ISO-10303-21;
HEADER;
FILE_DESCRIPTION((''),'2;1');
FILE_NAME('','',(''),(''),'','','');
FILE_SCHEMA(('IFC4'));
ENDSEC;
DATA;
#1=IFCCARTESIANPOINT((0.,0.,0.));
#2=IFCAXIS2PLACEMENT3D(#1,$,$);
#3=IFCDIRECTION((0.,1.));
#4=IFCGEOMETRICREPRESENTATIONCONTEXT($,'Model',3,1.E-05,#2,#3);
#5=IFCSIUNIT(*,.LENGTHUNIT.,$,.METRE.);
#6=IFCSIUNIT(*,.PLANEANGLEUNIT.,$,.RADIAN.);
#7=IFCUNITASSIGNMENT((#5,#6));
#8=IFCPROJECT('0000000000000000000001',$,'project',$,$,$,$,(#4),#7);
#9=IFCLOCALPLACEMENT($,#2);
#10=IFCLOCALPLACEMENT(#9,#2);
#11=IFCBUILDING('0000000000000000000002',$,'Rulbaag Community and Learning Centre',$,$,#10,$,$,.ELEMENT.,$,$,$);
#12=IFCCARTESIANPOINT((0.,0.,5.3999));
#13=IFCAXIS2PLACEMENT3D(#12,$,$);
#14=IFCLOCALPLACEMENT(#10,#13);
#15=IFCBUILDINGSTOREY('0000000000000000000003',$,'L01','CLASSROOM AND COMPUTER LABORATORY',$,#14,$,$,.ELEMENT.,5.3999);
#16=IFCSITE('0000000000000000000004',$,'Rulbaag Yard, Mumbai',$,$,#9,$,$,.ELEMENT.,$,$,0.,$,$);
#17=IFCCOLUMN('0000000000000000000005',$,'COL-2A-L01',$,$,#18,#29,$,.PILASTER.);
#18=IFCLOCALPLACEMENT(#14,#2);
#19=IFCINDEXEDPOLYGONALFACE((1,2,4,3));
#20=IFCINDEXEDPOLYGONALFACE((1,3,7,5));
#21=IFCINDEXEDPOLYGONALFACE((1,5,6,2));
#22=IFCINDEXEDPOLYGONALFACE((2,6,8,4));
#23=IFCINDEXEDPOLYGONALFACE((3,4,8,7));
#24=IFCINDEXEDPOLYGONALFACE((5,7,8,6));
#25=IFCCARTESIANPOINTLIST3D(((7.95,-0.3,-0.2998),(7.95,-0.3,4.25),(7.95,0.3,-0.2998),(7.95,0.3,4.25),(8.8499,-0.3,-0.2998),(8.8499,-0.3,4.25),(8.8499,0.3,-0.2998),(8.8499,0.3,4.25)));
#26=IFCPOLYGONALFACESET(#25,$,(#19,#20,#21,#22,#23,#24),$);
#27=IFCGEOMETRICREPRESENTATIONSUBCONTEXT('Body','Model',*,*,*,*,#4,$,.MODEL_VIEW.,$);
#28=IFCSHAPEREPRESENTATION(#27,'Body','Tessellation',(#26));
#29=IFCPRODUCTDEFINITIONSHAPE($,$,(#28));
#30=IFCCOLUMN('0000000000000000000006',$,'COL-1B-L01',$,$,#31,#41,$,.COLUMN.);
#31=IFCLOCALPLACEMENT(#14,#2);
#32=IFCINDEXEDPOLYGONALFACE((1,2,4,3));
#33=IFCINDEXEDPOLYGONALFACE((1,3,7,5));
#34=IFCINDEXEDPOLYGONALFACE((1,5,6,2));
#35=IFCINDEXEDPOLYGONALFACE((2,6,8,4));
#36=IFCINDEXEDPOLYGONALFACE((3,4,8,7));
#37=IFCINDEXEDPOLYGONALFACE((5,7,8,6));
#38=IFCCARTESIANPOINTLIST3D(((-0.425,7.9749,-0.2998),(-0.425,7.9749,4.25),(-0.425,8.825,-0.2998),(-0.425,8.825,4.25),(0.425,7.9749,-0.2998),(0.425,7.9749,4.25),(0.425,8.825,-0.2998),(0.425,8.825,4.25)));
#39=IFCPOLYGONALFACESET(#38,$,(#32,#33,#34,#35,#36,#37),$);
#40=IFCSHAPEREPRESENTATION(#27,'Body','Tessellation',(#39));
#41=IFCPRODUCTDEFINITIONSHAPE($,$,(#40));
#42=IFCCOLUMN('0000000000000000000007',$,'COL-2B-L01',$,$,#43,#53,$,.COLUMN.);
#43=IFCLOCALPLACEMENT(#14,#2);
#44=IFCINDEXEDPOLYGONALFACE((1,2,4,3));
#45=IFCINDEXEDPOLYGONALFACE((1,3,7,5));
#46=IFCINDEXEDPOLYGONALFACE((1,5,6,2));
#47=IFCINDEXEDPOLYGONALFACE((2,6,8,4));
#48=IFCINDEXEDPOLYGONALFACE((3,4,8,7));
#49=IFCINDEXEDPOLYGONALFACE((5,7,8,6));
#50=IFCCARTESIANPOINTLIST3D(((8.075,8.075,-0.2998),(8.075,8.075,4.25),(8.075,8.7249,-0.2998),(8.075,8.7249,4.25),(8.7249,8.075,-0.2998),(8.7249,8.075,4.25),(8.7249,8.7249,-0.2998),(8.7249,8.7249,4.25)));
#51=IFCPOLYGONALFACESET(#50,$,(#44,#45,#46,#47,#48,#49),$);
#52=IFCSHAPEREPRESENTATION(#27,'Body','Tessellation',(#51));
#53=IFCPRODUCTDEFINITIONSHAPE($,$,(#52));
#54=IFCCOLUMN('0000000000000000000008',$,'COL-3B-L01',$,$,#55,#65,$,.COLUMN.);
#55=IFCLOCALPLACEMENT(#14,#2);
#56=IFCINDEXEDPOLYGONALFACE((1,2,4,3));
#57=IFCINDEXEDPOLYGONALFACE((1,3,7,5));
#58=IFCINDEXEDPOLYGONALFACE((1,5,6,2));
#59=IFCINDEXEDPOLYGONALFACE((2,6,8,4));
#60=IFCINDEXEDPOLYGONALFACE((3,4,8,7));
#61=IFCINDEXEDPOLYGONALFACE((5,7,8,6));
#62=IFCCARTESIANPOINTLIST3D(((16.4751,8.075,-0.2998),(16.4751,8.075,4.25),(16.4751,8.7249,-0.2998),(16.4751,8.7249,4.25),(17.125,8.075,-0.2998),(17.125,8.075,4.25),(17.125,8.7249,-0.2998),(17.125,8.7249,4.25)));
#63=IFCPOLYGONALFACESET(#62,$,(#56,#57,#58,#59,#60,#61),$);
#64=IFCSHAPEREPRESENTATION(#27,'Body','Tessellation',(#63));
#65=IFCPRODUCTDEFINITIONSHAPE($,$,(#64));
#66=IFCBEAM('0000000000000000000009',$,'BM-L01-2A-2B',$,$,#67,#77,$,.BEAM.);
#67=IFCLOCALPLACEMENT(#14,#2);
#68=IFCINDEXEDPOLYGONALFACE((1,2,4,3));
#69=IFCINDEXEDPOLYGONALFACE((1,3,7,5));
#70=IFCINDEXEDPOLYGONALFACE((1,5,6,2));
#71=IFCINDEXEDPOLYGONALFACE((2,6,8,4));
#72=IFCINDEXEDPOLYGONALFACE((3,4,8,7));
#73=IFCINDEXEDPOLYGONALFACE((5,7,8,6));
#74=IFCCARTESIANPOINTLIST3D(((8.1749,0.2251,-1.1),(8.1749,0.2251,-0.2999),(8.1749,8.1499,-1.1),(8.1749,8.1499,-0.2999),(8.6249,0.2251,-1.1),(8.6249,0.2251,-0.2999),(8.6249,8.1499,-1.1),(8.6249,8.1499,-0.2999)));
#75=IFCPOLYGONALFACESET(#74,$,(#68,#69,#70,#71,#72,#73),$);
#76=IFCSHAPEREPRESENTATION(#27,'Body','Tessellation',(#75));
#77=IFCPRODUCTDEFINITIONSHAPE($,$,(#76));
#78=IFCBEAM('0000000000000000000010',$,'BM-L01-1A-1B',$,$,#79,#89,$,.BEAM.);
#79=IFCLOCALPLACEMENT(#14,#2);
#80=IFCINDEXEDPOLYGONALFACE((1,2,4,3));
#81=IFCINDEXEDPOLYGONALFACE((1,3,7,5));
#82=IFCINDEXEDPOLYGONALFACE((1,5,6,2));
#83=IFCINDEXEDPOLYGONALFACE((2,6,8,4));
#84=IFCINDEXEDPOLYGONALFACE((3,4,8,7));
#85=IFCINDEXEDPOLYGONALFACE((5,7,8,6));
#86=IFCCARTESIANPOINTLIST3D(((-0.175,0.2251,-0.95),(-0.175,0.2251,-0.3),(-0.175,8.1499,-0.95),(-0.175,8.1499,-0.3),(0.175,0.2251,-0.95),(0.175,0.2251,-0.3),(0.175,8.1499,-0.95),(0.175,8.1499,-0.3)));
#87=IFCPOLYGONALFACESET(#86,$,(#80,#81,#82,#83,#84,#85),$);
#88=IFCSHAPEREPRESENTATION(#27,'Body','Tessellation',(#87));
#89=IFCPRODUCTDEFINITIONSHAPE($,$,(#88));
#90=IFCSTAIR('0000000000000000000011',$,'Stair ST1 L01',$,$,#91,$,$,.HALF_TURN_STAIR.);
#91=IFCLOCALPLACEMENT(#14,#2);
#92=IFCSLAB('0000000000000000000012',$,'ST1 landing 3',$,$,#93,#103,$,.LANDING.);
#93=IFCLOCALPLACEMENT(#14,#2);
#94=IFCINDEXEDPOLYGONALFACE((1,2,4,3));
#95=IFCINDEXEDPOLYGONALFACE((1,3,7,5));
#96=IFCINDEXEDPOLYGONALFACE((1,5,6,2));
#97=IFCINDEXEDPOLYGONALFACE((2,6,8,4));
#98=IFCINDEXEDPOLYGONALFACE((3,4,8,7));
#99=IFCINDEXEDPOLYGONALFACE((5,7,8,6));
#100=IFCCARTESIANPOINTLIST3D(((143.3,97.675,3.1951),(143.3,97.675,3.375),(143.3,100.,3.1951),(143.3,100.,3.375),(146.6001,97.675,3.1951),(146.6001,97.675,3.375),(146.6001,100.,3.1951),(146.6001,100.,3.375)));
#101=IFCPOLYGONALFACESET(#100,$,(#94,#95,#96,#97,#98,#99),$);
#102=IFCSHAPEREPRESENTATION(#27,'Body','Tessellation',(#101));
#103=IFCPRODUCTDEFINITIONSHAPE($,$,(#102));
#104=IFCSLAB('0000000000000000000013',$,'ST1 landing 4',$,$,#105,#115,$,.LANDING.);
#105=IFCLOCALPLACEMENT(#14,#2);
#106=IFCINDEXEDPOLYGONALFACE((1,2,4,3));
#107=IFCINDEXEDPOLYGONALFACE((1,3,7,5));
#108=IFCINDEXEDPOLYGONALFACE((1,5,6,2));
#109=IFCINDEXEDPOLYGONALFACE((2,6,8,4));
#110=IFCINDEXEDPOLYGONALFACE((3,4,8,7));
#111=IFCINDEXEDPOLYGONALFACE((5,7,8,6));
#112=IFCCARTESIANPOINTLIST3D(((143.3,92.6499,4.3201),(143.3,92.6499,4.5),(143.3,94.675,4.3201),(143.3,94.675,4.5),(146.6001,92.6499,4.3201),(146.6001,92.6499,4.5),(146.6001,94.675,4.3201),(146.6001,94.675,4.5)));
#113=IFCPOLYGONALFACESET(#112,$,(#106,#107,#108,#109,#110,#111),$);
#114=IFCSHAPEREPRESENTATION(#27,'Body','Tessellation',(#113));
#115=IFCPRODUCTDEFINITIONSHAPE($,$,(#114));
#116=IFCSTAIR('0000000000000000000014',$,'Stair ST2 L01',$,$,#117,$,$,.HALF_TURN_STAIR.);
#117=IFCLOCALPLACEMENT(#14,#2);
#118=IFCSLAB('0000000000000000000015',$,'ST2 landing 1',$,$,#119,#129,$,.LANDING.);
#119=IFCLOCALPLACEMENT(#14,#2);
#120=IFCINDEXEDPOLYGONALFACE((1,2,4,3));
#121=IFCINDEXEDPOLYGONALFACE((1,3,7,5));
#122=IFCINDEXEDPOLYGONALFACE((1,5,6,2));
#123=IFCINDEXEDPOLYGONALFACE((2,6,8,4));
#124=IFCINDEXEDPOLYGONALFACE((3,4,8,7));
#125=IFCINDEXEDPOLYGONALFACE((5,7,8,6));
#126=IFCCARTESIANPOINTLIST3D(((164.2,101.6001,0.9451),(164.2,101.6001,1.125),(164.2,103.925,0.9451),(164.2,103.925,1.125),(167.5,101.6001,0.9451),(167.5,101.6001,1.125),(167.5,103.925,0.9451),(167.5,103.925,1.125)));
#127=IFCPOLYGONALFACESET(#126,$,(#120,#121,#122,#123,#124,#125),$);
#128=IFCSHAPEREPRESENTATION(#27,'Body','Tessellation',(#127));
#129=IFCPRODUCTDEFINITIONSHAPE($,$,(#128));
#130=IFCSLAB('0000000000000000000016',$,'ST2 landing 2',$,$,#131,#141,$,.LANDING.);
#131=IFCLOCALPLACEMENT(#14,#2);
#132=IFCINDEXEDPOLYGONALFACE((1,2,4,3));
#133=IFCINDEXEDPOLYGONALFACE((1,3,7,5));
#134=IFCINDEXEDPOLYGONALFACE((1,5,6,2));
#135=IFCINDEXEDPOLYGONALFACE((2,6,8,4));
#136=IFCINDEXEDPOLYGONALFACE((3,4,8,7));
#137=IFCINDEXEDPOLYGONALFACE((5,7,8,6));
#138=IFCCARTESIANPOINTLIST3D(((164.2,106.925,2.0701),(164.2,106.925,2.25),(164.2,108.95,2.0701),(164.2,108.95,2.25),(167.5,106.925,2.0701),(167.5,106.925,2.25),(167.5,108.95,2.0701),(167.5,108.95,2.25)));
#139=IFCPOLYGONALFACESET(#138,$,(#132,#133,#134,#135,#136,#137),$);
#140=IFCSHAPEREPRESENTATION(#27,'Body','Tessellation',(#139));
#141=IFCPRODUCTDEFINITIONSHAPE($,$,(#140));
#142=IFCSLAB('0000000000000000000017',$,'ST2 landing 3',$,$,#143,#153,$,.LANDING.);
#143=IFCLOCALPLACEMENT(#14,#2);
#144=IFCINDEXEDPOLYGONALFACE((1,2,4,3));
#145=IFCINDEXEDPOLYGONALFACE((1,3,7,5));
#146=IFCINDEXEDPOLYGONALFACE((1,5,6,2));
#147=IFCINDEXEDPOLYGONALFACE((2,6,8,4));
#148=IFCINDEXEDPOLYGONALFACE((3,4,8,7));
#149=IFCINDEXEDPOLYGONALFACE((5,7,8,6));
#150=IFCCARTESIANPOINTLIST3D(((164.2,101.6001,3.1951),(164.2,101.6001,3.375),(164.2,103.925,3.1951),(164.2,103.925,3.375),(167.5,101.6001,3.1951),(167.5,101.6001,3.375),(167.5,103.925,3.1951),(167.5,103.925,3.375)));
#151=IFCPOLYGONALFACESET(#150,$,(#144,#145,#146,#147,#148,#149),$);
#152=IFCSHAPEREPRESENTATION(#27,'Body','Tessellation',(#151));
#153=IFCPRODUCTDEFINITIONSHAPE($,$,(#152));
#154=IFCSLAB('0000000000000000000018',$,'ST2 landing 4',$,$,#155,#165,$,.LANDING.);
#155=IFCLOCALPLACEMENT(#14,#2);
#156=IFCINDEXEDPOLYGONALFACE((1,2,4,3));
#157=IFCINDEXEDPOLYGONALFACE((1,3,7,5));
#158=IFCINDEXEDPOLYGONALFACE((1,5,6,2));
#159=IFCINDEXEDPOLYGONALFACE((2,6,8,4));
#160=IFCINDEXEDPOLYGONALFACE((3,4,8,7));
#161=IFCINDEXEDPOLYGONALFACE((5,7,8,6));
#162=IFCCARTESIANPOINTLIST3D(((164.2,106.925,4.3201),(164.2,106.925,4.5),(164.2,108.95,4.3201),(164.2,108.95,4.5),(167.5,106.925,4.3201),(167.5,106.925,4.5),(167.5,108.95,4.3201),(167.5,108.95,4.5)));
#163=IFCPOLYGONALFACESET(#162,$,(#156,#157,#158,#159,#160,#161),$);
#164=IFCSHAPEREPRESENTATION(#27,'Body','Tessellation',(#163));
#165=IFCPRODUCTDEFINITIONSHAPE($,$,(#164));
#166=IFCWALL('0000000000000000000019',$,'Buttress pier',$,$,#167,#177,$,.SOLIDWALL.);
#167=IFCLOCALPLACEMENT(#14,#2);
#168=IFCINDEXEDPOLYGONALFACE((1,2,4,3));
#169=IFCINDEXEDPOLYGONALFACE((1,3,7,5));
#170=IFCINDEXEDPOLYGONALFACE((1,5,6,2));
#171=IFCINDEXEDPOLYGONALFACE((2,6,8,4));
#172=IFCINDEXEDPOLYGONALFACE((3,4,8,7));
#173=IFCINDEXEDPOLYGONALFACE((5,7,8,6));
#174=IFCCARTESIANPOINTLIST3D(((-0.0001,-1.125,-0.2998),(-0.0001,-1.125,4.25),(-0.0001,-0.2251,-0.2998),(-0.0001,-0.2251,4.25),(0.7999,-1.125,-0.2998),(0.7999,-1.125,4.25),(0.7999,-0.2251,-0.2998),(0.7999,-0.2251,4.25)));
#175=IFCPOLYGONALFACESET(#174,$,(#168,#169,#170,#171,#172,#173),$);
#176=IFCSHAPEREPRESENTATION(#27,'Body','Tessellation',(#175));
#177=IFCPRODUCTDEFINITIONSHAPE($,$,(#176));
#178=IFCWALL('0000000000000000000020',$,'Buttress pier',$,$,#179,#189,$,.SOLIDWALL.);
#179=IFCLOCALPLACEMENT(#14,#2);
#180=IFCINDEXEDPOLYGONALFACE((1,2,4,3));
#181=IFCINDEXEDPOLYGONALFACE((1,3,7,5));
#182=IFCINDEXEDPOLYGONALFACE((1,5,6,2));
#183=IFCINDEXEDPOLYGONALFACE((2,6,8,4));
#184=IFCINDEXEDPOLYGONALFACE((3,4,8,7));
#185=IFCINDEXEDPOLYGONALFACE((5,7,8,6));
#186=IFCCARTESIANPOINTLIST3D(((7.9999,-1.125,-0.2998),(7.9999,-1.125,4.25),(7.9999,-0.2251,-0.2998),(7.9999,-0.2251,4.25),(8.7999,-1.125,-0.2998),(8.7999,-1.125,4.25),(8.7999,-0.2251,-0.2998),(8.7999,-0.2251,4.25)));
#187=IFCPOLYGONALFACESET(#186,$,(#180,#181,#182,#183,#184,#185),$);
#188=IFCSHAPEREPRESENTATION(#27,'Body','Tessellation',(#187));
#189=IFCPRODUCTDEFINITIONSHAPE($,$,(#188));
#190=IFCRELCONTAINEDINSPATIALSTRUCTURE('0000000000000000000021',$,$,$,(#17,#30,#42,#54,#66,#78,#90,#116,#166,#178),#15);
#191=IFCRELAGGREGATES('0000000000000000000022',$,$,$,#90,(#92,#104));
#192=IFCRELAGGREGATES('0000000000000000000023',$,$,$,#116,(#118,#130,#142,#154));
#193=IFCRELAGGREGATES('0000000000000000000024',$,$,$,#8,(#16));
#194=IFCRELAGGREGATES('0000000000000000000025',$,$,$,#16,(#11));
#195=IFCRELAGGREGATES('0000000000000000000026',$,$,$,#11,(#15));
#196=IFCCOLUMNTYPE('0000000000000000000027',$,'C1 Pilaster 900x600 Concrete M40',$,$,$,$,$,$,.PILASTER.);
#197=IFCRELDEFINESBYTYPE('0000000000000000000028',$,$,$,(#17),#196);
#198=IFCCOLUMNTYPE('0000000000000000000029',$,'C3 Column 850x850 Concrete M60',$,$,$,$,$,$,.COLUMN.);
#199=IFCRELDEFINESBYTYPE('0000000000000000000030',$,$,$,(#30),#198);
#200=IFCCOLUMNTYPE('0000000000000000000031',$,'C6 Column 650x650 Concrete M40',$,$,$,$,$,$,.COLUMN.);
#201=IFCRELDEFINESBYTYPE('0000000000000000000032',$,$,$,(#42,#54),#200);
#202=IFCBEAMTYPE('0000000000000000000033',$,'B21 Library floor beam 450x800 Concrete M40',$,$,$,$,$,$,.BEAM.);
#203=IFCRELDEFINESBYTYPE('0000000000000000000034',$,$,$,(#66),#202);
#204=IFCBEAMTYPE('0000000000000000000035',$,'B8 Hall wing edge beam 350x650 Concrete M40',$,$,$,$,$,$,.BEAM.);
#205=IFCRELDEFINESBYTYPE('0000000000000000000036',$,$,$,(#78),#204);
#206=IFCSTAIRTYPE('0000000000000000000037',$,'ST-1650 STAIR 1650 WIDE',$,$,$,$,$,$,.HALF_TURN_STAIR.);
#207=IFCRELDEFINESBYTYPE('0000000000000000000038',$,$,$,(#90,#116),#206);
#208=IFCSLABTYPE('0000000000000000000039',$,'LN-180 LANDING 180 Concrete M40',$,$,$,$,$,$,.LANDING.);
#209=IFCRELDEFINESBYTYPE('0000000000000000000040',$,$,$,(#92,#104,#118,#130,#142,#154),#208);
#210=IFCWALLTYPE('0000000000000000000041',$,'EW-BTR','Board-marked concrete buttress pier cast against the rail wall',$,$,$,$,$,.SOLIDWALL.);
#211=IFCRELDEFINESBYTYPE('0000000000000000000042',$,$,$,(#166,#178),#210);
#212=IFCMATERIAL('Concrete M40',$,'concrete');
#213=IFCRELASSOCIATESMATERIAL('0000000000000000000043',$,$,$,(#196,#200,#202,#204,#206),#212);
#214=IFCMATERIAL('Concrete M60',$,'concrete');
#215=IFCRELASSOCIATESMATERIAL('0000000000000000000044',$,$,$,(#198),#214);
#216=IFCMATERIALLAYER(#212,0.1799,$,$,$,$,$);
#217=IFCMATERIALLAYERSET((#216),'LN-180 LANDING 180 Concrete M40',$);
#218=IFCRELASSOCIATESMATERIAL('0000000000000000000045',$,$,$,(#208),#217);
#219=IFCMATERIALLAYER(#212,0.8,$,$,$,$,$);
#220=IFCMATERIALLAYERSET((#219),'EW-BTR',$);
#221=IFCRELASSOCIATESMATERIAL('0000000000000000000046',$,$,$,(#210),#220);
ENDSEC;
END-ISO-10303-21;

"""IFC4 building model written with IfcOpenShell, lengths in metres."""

from ifc_helpers import new_model, si_unit, direction, frame, frame_2d, origin, origin_2d, place, context, subcontext, project, spatial, polyline, rectangle, outline, extrude, material, layer, layer_set, material_profile, profile_set, type_object, element, aggregate, save


model = new_model("IFC4")

# Units and contexts
model_context = context("Model", 3, precision=1e-05, world=origin(), true_north=direction((0.0, 1.0)))
body_context = subcontext(model_context, "Body", "Model", "MODEL_VIEW")
ifc_project = project(units=[si_unit("LENGTHUNIT", "METRE"), si_unit("PLANEANGLEUNIT", "RADIAN")], contexts=[model_context])

# Site, building, storey
site_placement = place(None, origin())
site = spatial("IfcSite", under=ifc_project, at=site_placement, Name="Rulbaag Yard, Mumbai", CompositionType="ELEMENT", RefElevation=0.0)
building_placement = place(site_placement, origin())
building = spatial("IfcBuilding", under=site, at=building_placement, Name="Rulbaag Community and Learning Centre", CompositionType="ELEMENT")
storey_placement = place(building_placement, frame((0.0, 0.0, 5.3999)))
storey = spatial("IfcBuildingStorey", under=building, at=storey_placement, Name="L01", Description="CLASSROOM AND COMPUTER LABORATORY", CompositionType="ELEMENT", Elevation=5.3999)

# Columns
ifc_material_1 = material(Name="Concrete M40", Category="concrete")
ifc_material_profile_1 = material_profile(ifc_material_1, rectangle(XDim=0.8999, YDim=0.6001, at=origin_2d()), Name="RC900x600")
ifc_profile_set_1 = profile_set([ifc_material_profile_1], Name="Concrete M40")
column_type_1 = type_object("IfcColumnType", Name="C1 Pilaster 900x600 Concrete M40", PredefinedType="PILASTER", material=ifc_profile_set_1)
column_1_placement = place(storey_placement, frame((8.3999, 0.0, -0.2998), z_axis=(0.0, 0.0, 1.0), x_axis=(1.0, 0.0, 0.0)))
element("IfcColumn", 1, at=column_1_placement, inside=storey, type_object=column_type_1, Name="COL-2A-L01", PredefinedType="PILASTER", context=body_context, shape_type="SweptSolid", body=[
    extrude(rectangle(XDim=0.8999, YDim=0.6001, at=origin_2d()), origin(), (0.0, 0.0, 1.0), 4.5498),
])
ifc_material_2 = material(Name="Concrete M60", Category="concrete")
ifc_material_profile_2 = material_profile(ifc_material_2, rectangle(XDim=0.8501, YDim=0.8501, at=origin_2d()), Name="RC850x850")
ifc_profile_set_2 = profile_set([ifc_material_profile_2], Name="Concrete M60")
column_type_2 = type_object("IfcColumnType", Name="C3 Column 850x850 Concrete M60", PredefinedType="COLUMN", material=ifc_profile_set_2)
column_2_placement = place(storey_placement, frame((0.0, 8.3999, -0.2998), z_axis=(0.0, 0.0, 1.0), x_axis=(1.0, 0.0, 0.0)))
element("IfcColumn", 2, at=column_2_placement, inside=storey, type_object=column_type_2, Name="COL-1B-L01", PredefinedType="COLUMN", context=body_context, shape_type="SweptSolid", body=[
    extrude(rectangle(XDim=0.8501, YDim=0.8501, at=origin_2d()), origin(), (0.0, 0.0, 1.0), 4.5498),
])
ifc_material_profile_3 = material_profile(ifc_material_1, rectangle(XDim=0.6499, YDim=0.6499, at=origin_2d()), Name="RC650x650")
ifc_profile_set_3 = profile_set([ifc_material_profile_3], Name="Concrete M40")
column_type_3 = type_object("IfcColumnType", Name="C6 Column 650x650 Concrete M40", PredefinedType="COLUMN", material=ifc_profile_set_3)
for number, where, z_axis, x_axis, name in (
    (3, (8.3999, 8.3999, -0.2998), (0.0, 0.0, 1.0), (1.0, 0.0, 0.0), "COL-2B-L01"),
    (4, (16.8, 8.3999, -0.2998), (0.0, 0.0, 1.0), (1.0, 0.0, 0.0), "COL-3B-L01"),
):
    element("IfcColumn", number, at=place(storey_placement, frame(where, z_axis=z_axis, x_axis=x_axis)), inside=storey, type_object=column_type_3, Name=name, PredefinedType="COLUMN", context=body_context, shape_type="SweptSolid", body=[
        extrude(rectangle(XDim=0.6499, YDim=0.6499, at=origin_2d()), origin(), (0.0, 0.0, 1.0), 4.5498),
    ])

# Beams
ifc_material_profile_4 = material_profile(ifc_material_1, rectangle(XDim=0.45, YDim=0.8, at=origin_2d()), Name="RB450x800")
ifc_profile_set_4 = profile_set([ifc_material_profile_4], Name="Concrete M40")
beam_type_1 = type_object("IfcBeamType", Name="B21 Library floor beam 450x800 Concrete M40", PredefinedType="BEAM", material=ifc_profile_set_4)
beam_1_placement = place(storey_placement, frame((8.3999, 0.2251, -0.7), z_axis=(0.0, 1.0, 0.0), x_axis=(-1.0, 0.0, 0.0)))
element("IfcBeam", 5, at=beam_1_placement, inside=storey, type_object=beam_type_1, Name="BM-L01-2A-2B", PredefinedType="BEAM", context=body_context, shape_type="SweptSolid", body=[
    extrude(rectangle(XDim=0.45, YDim=0.8, at=origin_2d()), origin(), (0.0, 0.0, 1.0), 7.9248),
])
ifc_material_profile_5 = material_profile(ifc_material_1, rectangle(XDim=0.3501, YDim=0.6499, at=origin_2d()), Name="RB350x650")
ifc_profile_set_5 = profile_set([ifc_material_profile_5], Name="Concrete M40")
beam_type_2 = type_object("IfcBeamType", Name="B8 Hall wing edge beam 350x650 Concrete M40", PredefinedType="BEAM", material=ifc_profile_set_5)
beam_2_placement = place(storey_placement, frame((0.0, 0.2251, -0.625), z_axis=(0.0, 1.0, 0.0), x_axis=(-1.0, 0.0, 0.0)))
element("IfcBeam", 6, at=beam_2_placement, inside=storey, type_object=beam_type_2, Name="BM-L01-1A-1B", PredefinedType="BEAM", context=body_context, shape_type="SweptSolid", body=[
    extrude(rectangle(XDim=0.3501, YDim=0.6499, at=origin_2d()), origin(), (0.0, 0.0, 1.0), 7.9248),
])

# Stairs, slabs
stair_type = type_object("IfcStairType", Name="ST-1650 STAIR 1650 WIDE", PredefinedType="HALF_TURN_STAIR", material=ifc_material_1)
stair_1_placement = place(storey_placement, origin())
stair_1 = element("IfcStair", 7, at=stair_1_placement, inside=storey, type_object=stair_type, Name="Stair ST1 L01", PredefinedType="HALF_TURN_STAIR")
ifc_layer_1 = layer(ifc_material_1, 0.1799)
ifc_layer_set_1 = layer_set([ifc_layer_1], Name="LN-180 LANDING 180 Concrete M40")
slab_type = type_object("IfcSlabType", Name="LN-180 LANDING 180 Concrete M40", PredefinedType="LANDING", material=ifc_layer_set_1)
slab_1_placement = place(storey_placement, frame((0.0, 0.0, 3.1951)))
slab_1 = element("IfcSlab", 8, at=slab_1_placement, type_object=slab_type, Name="ST1 landing 3", PredefinedType="LANDING", context=body_context, shape_type="SweptSolid", body=[
    extrude(outline(polyline([(143.3, 97.675), (143.3, 100.0), (146.6001, 100.0), (146.6001, 97.675), (143.3, 97.675)])), origin(), (0.0, 0.0, 1.0), 0.1799),
])
slab_2_placement = place(storey_placement, frame((0.0, 0.0, 4.3201)))
slab_2 = element("IfcSlab", 9, at=slab_2_placement, type_object=slab_type, Name="ST1 landing 4", PredefinedType="LANDING", context=body_context, shape_type="SweptSolid", body=[
    extrude(outline(polyline([(143.3, 92.6499), (143.3, 94.675), (146.6001, 94.675), (146.6001, 92.6499), (143.3, 92.6499)])), origin(), (0.0, 0.0, 1.0), 0.1799),
])
aggregate(stair_1, [slab_1, slab_2])
stair_2_placement = place(storey_placement, origin())
stair_2 = element("IfcStair", 10, at=stair_2_placement, inside=storey, type_object=stair_type, Name="Stair ST2 L01", PredefinedType="HALF_TURN_STAIR")
slab_3_placement = place(storey_placement, frame((0.0, 0.0, 0.9451)))
slab_3 = element("IfcSlab", 11, at=slab_3_placement, type_object=slab_type, Name="ST2 landing 1", PredefinedType="LANDING", context=body_context, shape_type="SweptSolid", body=[
    extrude(outline(polyline([(164.2, 101.6001), (164.2, 103.925), (167.5, 103.925), (167.5, 101.6001), (164.2, 101.6001)])), origin(), (0.0, 0.0, 1.0), 0.1799),
])
slab_4_placement = place(storey_placement, frame((0.0, 0.0, 2.0701)))
slab_4 = element("IfcSlab", 12, at=slab_4_placement, type_object=slab_type, Name="ST2 landing 2", PredefinedType="LANDING", context=body_context, shape_type="SweptSolid", body=[
    extrude(outline(polyline([(164.2, 106.925), (164.2, 108.95), (167.5, 108.95), (167.5, 106.925), (164.2, 106.925)])), origin(), (0.0, 0.0, 1.0), 0.1799),
])
slab_5_placement = place(storey_placement, frame((0.0, 0.0, 3.1951)))
slab_5 = element("IfcSlab", 13, at=slab_5_placement, type_object=slab_type, Name="ST2 landing 3", PredefinedType="LANDING", context=body_context, shape_type="SweptSolid", body=[
    extrude(outline(polyline([(164.2, 101.6001), (164.2, 103.925), (167.5, 103.925), (167.5, 101.6001), (164.2, 101.6001)])), origin(), (0.0, 0.0, 1.0), 0.1799),
])
slab_6_placement = place(storey_placement, frame((0.0, 0.0, 4.3201)))
slab_6 = element("IfcSlab", 14, at=slab_6_placement, type_object=slab_type, Name="ST2 landing 4", PredefinedType="LANDING", context=body_context, shape_type="SweptSolid", body=[
    extrude(outline(polyline([(164.2, 106.925), (164.2, 108.95), (167.5, 108.95), (167.5, 106.925), (164.2, 106.925)])), origin(), (0.0, 0.0, 1.0), 0.1799),
])
aggregate(stair_2, [slab_3, slab_4, slab_5, slab_6])

# Walls
ifc_layer_2 = layer(ifc_material_1, 0.8)
ifc_layer_set_2 = layer_set([ifc_layer_2], Name="EW-BTR")
wall_type_1 = type_object("IfcWallType", Name="EW-BTR", Description="Board-marked concrete buttress pier cast against the rail wall", PredefinedType="SOLIDWALL", material=ifc_layer_set_2)
for number, where, z_axis, x_axis, name in (
    (15, (0.3999, -0.2251, -0.2998), (0.0, 0.0, 1.0), (0.0, -1.0, 0.0), "Buttress pier"),
    (16, (8.3999, -0.2251, -0.2998), (0.0, 0.0, 1.0), (0.0, -1.0, 0.0), "Buttress pier"),
):
    element("IfcWall", number, at=place(storey_placement, frame(where, z_axis=z_axis, x_axis=x_axis)), inside=storey, type_object=wall_type_1, Name=name, PredefinedType="SOLIDWALL", context=body_context, shape_type="SweptSolid", body=[
        extrude(rectangle(XDim=0.8999, YDim=0.8, at=frame_2d((0.45, 0.0))), origin(), (0.0, 0.0, 1.0), 4.5498),
    ])

save(model, "model.ifc")
